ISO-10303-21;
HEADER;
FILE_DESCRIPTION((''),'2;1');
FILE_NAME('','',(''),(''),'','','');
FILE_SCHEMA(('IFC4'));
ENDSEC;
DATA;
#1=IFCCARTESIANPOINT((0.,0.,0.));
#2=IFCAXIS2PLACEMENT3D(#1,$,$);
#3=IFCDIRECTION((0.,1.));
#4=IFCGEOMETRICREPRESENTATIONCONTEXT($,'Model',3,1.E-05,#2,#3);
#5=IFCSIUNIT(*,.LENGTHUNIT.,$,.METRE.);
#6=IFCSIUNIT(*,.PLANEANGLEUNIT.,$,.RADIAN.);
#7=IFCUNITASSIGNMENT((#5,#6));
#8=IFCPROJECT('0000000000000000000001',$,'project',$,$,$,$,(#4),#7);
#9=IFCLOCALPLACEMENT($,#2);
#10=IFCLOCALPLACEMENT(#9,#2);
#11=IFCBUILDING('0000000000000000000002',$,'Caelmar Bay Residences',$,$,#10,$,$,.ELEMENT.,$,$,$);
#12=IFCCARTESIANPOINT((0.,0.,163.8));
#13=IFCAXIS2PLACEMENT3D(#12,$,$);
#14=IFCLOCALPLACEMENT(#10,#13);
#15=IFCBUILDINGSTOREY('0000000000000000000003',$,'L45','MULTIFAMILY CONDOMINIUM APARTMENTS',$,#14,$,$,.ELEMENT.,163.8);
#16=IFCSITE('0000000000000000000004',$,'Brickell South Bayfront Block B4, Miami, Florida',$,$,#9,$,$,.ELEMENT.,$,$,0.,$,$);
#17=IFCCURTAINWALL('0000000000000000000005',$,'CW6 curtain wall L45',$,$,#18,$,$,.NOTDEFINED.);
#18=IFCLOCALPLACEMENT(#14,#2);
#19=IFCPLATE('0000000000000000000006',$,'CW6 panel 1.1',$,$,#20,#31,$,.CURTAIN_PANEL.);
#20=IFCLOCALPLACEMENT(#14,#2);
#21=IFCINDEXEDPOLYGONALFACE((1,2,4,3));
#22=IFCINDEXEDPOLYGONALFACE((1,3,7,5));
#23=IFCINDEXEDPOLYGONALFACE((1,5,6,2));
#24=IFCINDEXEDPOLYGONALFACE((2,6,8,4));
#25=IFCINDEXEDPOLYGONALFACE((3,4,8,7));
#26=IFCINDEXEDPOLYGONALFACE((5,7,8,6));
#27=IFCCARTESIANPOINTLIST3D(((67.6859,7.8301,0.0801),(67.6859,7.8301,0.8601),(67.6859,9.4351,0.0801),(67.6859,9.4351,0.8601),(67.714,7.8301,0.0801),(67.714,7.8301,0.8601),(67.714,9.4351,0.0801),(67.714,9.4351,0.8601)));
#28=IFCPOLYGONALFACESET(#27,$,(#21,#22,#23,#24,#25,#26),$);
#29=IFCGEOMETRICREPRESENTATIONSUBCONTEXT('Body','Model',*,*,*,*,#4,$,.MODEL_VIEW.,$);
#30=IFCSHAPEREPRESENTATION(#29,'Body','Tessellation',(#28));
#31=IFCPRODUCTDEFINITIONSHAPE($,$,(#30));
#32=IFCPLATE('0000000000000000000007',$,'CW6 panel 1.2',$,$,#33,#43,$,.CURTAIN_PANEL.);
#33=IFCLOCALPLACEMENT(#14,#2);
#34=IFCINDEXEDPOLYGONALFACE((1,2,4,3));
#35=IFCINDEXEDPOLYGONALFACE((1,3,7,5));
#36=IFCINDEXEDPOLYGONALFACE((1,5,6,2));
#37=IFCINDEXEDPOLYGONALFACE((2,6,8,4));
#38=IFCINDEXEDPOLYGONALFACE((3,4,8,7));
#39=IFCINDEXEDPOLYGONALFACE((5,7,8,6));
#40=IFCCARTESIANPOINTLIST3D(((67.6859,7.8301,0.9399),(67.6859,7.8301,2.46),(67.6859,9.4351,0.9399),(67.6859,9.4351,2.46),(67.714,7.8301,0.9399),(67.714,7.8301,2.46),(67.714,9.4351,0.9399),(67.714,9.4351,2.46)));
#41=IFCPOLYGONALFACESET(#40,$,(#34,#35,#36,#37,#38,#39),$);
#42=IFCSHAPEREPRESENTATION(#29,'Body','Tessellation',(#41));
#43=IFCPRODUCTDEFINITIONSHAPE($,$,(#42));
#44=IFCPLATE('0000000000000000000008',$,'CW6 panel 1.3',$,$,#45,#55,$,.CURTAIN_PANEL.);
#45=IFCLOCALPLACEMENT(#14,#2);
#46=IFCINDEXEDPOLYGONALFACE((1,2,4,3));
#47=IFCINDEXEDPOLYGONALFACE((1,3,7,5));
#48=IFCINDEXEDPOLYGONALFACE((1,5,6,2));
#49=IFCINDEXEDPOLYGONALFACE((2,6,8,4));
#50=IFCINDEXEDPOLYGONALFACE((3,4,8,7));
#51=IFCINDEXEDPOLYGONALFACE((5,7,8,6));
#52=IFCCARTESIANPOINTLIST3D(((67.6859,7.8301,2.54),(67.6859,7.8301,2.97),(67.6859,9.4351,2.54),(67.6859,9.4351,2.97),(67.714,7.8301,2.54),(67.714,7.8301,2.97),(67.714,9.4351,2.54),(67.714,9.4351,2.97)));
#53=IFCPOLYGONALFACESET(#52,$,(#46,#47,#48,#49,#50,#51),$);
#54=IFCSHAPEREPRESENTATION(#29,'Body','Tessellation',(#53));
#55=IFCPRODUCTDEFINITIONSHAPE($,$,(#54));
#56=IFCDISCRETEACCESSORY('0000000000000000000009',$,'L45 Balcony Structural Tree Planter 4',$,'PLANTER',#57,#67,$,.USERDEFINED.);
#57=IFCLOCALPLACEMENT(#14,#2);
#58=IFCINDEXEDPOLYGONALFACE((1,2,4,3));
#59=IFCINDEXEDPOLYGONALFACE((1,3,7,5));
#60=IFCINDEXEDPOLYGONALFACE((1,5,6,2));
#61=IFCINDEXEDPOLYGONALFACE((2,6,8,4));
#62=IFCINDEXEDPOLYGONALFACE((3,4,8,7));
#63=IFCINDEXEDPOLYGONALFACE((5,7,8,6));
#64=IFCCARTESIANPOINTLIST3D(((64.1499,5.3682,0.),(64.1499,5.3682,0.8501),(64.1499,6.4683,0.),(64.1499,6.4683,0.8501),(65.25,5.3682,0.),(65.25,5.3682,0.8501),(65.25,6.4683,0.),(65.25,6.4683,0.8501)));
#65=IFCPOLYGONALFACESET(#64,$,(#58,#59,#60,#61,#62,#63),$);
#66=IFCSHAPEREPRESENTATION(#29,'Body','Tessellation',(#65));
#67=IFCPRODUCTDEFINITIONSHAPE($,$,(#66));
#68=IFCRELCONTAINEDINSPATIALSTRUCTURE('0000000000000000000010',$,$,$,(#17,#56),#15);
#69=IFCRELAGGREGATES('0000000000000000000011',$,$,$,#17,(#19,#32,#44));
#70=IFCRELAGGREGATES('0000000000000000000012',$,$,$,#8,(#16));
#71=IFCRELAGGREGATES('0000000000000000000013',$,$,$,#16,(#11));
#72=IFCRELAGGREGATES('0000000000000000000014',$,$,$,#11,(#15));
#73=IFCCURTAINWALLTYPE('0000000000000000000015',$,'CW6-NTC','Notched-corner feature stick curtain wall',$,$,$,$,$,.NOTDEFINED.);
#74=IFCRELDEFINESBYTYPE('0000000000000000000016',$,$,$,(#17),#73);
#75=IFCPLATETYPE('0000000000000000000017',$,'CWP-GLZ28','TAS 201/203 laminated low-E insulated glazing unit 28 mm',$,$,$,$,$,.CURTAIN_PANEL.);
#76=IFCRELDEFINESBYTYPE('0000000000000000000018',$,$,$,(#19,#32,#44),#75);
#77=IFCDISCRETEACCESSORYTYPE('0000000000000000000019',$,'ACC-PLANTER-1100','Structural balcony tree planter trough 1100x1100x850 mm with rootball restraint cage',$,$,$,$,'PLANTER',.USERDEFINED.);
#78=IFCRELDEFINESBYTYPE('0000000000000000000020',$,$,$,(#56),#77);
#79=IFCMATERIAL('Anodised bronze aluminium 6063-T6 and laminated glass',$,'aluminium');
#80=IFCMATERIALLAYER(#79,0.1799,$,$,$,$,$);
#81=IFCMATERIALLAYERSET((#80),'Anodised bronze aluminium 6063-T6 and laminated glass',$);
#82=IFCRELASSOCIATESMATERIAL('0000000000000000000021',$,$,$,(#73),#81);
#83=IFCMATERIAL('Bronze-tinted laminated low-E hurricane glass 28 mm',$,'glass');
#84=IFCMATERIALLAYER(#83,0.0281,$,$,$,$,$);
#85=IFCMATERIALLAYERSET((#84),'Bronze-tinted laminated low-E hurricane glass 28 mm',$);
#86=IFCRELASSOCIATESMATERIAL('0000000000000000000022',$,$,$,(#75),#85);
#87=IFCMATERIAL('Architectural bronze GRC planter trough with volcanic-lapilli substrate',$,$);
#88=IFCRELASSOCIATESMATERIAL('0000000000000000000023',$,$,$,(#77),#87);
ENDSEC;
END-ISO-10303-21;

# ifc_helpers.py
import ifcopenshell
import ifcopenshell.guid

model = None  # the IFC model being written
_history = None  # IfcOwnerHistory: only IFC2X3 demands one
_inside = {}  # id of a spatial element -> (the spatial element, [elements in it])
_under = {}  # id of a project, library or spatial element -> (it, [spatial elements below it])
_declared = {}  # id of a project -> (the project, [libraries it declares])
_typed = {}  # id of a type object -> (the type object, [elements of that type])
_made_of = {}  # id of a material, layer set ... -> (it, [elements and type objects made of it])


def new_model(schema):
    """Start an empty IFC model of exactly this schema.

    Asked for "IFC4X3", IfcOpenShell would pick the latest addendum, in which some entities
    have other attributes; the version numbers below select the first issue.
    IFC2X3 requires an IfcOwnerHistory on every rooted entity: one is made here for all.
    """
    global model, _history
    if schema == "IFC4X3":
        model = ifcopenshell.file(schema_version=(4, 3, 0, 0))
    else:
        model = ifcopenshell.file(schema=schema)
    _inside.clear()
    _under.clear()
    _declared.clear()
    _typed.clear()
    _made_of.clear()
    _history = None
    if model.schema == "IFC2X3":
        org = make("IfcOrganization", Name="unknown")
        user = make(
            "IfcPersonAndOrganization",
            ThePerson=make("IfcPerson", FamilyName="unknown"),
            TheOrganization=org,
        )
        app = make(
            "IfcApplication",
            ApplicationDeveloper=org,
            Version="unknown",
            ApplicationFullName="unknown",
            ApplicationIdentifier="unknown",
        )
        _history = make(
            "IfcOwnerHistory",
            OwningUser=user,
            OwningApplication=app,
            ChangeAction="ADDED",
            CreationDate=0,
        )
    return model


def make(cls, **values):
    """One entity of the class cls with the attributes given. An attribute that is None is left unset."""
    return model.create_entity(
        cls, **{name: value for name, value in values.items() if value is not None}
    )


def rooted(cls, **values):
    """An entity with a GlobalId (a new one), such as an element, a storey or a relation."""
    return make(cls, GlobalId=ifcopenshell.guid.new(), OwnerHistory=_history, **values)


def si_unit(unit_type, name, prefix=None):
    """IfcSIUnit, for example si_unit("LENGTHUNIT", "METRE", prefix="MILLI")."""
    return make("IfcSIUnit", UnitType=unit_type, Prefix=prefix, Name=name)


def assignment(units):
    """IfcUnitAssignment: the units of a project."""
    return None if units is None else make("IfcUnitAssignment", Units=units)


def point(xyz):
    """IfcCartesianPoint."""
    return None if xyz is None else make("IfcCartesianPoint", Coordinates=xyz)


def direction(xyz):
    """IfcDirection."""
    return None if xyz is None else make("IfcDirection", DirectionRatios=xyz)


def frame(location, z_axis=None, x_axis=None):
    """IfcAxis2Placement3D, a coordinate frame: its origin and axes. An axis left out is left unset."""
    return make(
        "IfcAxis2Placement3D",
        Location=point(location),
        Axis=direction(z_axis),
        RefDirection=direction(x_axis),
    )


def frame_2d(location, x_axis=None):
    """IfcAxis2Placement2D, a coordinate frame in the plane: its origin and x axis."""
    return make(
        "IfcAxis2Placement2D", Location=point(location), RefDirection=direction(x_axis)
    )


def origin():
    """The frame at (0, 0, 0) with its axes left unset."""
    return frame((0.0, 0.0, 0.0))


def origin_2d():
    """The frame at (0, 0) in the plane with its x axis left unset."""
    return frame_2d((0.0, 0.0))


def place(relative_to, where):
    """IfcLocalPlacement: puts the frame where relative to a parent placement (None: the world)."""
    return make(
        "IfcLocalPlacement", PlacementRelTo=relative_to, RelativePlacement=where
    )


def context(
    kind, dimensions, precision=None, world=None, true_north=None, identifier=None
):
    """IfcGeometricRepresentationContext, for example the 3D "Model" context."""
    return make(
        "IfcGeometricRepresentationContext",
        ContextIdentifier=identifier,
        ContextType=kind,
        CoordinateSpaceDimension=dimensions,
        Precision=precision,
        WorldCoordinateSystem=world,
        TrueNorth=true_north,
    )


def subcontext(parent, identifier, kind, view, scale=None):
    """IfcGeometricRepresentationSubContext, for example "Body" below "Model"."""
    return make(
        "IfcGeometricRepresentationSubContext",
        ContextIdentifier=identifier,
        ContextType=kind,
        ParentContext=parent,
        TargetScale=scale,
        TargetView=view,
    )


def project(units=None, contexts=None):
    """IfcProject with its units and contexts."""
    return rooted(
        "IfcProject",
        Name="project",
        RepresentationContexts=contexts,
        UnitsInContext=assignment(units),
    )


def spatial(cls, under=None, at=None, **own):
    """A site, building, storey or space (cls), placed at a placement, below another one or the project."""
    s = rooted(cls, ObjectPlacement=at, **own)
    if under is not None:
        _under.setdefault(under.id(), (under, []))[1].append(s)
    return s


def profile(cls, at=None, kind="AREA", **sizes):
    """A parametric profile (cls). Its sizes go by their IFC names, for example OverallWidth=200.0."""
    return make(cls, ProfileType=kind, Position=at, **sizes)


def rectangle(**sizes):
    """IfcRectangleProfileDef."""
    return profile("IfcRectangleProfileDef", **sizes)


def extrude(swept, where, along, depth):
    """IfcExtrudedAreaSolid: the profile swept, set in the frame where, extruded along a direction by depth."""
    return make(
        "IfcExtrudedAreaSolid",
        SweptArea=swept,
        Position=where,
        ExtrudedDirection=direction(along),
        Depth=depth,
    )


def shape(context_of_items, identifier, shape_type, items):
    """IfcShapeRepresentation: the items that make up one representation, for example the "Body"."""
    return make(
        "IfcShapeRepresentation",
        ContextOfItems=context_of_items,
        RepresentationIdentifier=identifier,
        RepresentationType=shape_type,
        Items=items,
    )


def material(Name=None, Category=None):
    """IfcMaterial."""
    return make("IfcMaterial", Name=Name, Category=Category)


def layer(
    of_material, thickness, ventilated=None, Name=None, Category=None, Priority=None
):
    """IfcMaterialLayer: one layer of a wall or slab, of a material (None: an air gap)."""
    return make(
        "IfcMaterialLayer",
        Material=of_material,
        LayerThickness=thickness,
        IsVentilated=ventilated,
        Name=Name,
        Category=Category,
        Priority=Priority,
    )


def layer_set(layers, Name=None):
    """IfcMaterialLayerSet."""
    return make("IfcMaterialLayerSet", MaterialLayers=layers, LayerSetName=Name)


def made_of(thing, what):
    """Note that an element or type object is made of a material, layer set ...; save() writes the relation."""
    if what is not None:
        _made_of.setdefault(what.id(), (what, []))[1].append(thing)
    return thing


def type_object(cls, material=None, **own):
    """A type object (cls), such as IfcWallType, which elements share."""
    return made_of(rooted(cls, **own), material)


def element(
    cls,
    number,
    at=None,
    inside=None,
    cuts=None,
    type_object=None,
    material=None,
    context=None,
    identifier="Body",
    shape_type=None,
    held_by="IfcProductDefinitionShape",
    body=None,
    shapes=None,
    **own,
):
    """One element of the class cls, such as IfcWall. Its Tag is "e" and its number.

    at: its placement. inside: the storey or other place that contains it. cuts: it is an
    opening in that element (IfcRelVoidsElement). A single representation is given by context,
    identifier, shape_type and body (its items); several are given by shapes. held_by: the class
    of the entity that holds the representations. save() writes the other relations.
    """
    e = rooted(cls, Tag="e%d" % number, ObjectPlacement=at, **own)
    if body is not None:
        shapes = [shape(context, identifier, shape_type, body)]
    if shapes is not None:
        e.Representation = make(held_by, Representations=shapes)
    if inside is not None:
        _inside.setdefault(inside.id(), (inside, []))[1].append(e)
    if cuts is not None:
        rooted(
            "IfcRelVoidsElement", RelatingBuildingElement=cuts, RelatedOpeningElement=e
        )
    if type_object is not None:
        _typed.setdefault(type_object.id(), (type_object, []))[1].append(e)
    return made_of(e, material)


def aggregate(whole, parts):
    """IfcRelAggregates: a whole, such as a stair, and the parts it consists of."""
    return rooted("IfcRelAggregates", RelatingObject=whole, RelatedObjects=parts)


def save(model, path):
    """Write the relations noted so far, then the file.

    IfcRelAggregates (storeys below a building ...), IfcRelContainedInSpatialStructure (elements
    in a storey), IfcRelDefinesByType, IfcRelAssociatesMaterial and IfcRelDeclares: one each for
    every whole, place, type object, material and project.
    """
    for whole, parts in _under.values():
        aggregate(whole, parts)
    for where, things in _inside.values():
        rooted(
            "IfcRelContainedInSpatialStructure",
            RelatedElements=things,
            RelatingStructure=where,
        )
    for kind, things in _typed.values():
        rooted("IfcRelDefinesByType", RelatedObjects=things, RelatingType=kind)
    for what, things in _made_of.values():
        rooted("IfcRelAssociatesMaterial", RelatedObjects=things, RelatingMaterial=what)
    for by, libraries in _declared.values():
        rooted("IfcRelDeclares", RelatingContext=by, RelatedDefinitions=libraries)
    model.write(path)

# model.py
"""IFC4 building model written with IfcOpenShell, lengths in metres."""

from ifc_helpers import new_model, si_unit, direction, frame, origin, origin_2d, place, context, subcontext, project, spatial, rectangle, extrude, material, layer, layer_set, type_object, element, aggregate, save


model = new_model("IFC4")

# Units and contexts
model_context = context("Model", 3, precision=1e-05, world=origin(), true_north=direction((0.0, 1.0)))
body_context = subcontext(model_context, "Body", "Model", "MODEL_VIEW")
ifc_project = project(units=[si_unit("LENGTHUNIT", "METRE"), si_unit("PLANEANGLEUNIT", "RADIAN")], contexts=[model_context])

# Site, building, storey
site_placement = place(None, origin())
site = spatial("IfcSite", under=ifc_project, at=site_placement, Name="Brickell South Bayfront Block B4, Miami, Florida", CompositionType="ELEMENT", RefElevation=0.0)
building_placement = place(site_placement, origin())
building = spatial("IfcBuilding", under=site, at=building_placement, Name="Caelmar Bay Residences", CompositionType="ELEMENT")
storey_placement = place(building_placement, frame((0.0, 0.0, 163.8)))
storey = spatial("IfcBuildingStorey", under=building, at=storey_placement, Name="L45", Description="MULTIFAMILY CONDOMINIUM APARTMENTS", CompositionType="ELEMENT", Elevation=163.8)

# Curtain wall, plates
ifc_material_1 = material(Name="Anodised bronze aluminium 6063-T6 and laminated glass", Category="aluminium")
ifc_layer_1 = layer(ifc_material_1, 0.1799)
ifc_layer_set_1 = layer_set([ifc_layer_1], Name="Anodised bronze aluminium 6063-T6 and laminated glass")
curtain_wall_type = type_object("IfcCurtainWallType", Name="CW6-NTC", Description="Notched-corner feature stick curtain wall", PredefinedType="NOTDEFINED", material=ifc_layer_set_1)
curtain_wall_placement = place(storey_placement, origin())
curtain_wall = element("IfcCurtainWall", 1, at=curtain_wall_placement, inside=storey, type_object=curtain_wall_type, Name="CW6 curtain wall L45", PredefinedType="NOTDEFINED")
ifc_material_2 = material(Name="Bronze-tinted laminated low-E hurricane glass 28 mm", Category="glass")
ifc_layer_2 = layer(ifc_material_2, 0.0281)
ifc_layer_set_2 = layer_set([ifc_layer_2], Name="Bronze-tinted laminated low-E hurricane glass 28 mm")
plate_type = type_object("IfcPlateType", Name="CWP-GLZ28", Description="TAS 201/203 laminated low-E insulated glazing unit 28 mm", PredefinedType="CURTAIN_PANEL", material=ifc_layer_set_2)
plate_1_placement = place(storey_placement, frame((67.7, 8.6326, 0.0801), z_axis=(0.0, 0.0, 1.0), x_axis=(0.0, 1.0, 0.0)))
plate_1 = element("IfcPlate", 2, at=plate_1_placement, type_object=plate_type, Name="CW6 panel 1.1", PredefinedType="CURTAIN_PANEL", context=body_context, shape_type="SweptSolid", body=[
    extrude(rectangle(XDim=1.605, YDim=0.0281, at=origin_2d()), origin(), (0.0, 0.0, 1.0), 0.78),
])
plate_2_placement = place(storey_placement, frame((67.7, 8.6326, 0.9399), z_axis=(0.0, 0.0, 1.0), x_axis=(0.0, 1.0, 0.0)))
plate_2 = element("IfcPlate", 3, at=plate_2_placement, type_object=plate_type, Name="CW6 panel 1.2", PredefinedType="CURTAIN_PANEL", context=body_context, shape_type="SweptSolid", body=[
    extrude(rectangle(XDim=1.605, YDim=0.0281, at=origin_2d()), origin(), (0.0, 0.0, 1.0), 1.52),
])
plate_3_placement = place(storey_placement, frame((67.7, 8.6326, 2.54), z_axis=(0.0, 0.0, 1.0), x_axis=(0.0, 1.0, 0.0)))
plate_3 = element("IfcPlate", 4, at=plate_3_placement, type_object=plate_type, Name="CW6 panel 1.3", PredefinedType="CURTAIN_PANEL", context=body_context, shape_type="SweptSolid", body=[
    extrude(rectangle(XDim=1.605, YDim=0.0281, at=origin_2d()), origin(), (0.0, 0.0, 1.0), 0.4299),
])
aggregate(curtain_wall, [plate_1, plate_2, plate_3])

# Discrete accessory
ifc_material_3 = material(Name="Architectural bronze GRC planter trough with volcanic-lapilli substrate")
discrete_accessory_type = type_object("IfcDiscreteAccessoryType", Name="ACC-PLANTER-1100", Description="Structural balcony tree planter trough 1100x1100x850 mm with rootball restraint cage", ElementType="PLANTER", PredefinedType="USERDEFINED", material=ifc_material_3)
discrete_accessory_placement = place(storey_placement, frame((64.7, 5.9182, 0.0), z_axis=(0.0, 0.0, 1.0), x_axis=(1.0, 0.0, 0.0)))
element("IfcDiscreteAccessory", 5, at=discrete_accessory_placement, inside=storey, type_object=discrete_accessory_type, Name="L45 Balcony Structural Tree Planter 4", ObjectType="PLANTER", PredefinedType="USERDEFINED", context=body_context, shape_type="SweptSolid", body=[
    extrude(rectangle(XDim=1.1001, YDim=1.1001, at=origin_2d()), origin(), (0.0, 0.0, 1.0), 0.8501),
])

save(model, "model.ifc")
